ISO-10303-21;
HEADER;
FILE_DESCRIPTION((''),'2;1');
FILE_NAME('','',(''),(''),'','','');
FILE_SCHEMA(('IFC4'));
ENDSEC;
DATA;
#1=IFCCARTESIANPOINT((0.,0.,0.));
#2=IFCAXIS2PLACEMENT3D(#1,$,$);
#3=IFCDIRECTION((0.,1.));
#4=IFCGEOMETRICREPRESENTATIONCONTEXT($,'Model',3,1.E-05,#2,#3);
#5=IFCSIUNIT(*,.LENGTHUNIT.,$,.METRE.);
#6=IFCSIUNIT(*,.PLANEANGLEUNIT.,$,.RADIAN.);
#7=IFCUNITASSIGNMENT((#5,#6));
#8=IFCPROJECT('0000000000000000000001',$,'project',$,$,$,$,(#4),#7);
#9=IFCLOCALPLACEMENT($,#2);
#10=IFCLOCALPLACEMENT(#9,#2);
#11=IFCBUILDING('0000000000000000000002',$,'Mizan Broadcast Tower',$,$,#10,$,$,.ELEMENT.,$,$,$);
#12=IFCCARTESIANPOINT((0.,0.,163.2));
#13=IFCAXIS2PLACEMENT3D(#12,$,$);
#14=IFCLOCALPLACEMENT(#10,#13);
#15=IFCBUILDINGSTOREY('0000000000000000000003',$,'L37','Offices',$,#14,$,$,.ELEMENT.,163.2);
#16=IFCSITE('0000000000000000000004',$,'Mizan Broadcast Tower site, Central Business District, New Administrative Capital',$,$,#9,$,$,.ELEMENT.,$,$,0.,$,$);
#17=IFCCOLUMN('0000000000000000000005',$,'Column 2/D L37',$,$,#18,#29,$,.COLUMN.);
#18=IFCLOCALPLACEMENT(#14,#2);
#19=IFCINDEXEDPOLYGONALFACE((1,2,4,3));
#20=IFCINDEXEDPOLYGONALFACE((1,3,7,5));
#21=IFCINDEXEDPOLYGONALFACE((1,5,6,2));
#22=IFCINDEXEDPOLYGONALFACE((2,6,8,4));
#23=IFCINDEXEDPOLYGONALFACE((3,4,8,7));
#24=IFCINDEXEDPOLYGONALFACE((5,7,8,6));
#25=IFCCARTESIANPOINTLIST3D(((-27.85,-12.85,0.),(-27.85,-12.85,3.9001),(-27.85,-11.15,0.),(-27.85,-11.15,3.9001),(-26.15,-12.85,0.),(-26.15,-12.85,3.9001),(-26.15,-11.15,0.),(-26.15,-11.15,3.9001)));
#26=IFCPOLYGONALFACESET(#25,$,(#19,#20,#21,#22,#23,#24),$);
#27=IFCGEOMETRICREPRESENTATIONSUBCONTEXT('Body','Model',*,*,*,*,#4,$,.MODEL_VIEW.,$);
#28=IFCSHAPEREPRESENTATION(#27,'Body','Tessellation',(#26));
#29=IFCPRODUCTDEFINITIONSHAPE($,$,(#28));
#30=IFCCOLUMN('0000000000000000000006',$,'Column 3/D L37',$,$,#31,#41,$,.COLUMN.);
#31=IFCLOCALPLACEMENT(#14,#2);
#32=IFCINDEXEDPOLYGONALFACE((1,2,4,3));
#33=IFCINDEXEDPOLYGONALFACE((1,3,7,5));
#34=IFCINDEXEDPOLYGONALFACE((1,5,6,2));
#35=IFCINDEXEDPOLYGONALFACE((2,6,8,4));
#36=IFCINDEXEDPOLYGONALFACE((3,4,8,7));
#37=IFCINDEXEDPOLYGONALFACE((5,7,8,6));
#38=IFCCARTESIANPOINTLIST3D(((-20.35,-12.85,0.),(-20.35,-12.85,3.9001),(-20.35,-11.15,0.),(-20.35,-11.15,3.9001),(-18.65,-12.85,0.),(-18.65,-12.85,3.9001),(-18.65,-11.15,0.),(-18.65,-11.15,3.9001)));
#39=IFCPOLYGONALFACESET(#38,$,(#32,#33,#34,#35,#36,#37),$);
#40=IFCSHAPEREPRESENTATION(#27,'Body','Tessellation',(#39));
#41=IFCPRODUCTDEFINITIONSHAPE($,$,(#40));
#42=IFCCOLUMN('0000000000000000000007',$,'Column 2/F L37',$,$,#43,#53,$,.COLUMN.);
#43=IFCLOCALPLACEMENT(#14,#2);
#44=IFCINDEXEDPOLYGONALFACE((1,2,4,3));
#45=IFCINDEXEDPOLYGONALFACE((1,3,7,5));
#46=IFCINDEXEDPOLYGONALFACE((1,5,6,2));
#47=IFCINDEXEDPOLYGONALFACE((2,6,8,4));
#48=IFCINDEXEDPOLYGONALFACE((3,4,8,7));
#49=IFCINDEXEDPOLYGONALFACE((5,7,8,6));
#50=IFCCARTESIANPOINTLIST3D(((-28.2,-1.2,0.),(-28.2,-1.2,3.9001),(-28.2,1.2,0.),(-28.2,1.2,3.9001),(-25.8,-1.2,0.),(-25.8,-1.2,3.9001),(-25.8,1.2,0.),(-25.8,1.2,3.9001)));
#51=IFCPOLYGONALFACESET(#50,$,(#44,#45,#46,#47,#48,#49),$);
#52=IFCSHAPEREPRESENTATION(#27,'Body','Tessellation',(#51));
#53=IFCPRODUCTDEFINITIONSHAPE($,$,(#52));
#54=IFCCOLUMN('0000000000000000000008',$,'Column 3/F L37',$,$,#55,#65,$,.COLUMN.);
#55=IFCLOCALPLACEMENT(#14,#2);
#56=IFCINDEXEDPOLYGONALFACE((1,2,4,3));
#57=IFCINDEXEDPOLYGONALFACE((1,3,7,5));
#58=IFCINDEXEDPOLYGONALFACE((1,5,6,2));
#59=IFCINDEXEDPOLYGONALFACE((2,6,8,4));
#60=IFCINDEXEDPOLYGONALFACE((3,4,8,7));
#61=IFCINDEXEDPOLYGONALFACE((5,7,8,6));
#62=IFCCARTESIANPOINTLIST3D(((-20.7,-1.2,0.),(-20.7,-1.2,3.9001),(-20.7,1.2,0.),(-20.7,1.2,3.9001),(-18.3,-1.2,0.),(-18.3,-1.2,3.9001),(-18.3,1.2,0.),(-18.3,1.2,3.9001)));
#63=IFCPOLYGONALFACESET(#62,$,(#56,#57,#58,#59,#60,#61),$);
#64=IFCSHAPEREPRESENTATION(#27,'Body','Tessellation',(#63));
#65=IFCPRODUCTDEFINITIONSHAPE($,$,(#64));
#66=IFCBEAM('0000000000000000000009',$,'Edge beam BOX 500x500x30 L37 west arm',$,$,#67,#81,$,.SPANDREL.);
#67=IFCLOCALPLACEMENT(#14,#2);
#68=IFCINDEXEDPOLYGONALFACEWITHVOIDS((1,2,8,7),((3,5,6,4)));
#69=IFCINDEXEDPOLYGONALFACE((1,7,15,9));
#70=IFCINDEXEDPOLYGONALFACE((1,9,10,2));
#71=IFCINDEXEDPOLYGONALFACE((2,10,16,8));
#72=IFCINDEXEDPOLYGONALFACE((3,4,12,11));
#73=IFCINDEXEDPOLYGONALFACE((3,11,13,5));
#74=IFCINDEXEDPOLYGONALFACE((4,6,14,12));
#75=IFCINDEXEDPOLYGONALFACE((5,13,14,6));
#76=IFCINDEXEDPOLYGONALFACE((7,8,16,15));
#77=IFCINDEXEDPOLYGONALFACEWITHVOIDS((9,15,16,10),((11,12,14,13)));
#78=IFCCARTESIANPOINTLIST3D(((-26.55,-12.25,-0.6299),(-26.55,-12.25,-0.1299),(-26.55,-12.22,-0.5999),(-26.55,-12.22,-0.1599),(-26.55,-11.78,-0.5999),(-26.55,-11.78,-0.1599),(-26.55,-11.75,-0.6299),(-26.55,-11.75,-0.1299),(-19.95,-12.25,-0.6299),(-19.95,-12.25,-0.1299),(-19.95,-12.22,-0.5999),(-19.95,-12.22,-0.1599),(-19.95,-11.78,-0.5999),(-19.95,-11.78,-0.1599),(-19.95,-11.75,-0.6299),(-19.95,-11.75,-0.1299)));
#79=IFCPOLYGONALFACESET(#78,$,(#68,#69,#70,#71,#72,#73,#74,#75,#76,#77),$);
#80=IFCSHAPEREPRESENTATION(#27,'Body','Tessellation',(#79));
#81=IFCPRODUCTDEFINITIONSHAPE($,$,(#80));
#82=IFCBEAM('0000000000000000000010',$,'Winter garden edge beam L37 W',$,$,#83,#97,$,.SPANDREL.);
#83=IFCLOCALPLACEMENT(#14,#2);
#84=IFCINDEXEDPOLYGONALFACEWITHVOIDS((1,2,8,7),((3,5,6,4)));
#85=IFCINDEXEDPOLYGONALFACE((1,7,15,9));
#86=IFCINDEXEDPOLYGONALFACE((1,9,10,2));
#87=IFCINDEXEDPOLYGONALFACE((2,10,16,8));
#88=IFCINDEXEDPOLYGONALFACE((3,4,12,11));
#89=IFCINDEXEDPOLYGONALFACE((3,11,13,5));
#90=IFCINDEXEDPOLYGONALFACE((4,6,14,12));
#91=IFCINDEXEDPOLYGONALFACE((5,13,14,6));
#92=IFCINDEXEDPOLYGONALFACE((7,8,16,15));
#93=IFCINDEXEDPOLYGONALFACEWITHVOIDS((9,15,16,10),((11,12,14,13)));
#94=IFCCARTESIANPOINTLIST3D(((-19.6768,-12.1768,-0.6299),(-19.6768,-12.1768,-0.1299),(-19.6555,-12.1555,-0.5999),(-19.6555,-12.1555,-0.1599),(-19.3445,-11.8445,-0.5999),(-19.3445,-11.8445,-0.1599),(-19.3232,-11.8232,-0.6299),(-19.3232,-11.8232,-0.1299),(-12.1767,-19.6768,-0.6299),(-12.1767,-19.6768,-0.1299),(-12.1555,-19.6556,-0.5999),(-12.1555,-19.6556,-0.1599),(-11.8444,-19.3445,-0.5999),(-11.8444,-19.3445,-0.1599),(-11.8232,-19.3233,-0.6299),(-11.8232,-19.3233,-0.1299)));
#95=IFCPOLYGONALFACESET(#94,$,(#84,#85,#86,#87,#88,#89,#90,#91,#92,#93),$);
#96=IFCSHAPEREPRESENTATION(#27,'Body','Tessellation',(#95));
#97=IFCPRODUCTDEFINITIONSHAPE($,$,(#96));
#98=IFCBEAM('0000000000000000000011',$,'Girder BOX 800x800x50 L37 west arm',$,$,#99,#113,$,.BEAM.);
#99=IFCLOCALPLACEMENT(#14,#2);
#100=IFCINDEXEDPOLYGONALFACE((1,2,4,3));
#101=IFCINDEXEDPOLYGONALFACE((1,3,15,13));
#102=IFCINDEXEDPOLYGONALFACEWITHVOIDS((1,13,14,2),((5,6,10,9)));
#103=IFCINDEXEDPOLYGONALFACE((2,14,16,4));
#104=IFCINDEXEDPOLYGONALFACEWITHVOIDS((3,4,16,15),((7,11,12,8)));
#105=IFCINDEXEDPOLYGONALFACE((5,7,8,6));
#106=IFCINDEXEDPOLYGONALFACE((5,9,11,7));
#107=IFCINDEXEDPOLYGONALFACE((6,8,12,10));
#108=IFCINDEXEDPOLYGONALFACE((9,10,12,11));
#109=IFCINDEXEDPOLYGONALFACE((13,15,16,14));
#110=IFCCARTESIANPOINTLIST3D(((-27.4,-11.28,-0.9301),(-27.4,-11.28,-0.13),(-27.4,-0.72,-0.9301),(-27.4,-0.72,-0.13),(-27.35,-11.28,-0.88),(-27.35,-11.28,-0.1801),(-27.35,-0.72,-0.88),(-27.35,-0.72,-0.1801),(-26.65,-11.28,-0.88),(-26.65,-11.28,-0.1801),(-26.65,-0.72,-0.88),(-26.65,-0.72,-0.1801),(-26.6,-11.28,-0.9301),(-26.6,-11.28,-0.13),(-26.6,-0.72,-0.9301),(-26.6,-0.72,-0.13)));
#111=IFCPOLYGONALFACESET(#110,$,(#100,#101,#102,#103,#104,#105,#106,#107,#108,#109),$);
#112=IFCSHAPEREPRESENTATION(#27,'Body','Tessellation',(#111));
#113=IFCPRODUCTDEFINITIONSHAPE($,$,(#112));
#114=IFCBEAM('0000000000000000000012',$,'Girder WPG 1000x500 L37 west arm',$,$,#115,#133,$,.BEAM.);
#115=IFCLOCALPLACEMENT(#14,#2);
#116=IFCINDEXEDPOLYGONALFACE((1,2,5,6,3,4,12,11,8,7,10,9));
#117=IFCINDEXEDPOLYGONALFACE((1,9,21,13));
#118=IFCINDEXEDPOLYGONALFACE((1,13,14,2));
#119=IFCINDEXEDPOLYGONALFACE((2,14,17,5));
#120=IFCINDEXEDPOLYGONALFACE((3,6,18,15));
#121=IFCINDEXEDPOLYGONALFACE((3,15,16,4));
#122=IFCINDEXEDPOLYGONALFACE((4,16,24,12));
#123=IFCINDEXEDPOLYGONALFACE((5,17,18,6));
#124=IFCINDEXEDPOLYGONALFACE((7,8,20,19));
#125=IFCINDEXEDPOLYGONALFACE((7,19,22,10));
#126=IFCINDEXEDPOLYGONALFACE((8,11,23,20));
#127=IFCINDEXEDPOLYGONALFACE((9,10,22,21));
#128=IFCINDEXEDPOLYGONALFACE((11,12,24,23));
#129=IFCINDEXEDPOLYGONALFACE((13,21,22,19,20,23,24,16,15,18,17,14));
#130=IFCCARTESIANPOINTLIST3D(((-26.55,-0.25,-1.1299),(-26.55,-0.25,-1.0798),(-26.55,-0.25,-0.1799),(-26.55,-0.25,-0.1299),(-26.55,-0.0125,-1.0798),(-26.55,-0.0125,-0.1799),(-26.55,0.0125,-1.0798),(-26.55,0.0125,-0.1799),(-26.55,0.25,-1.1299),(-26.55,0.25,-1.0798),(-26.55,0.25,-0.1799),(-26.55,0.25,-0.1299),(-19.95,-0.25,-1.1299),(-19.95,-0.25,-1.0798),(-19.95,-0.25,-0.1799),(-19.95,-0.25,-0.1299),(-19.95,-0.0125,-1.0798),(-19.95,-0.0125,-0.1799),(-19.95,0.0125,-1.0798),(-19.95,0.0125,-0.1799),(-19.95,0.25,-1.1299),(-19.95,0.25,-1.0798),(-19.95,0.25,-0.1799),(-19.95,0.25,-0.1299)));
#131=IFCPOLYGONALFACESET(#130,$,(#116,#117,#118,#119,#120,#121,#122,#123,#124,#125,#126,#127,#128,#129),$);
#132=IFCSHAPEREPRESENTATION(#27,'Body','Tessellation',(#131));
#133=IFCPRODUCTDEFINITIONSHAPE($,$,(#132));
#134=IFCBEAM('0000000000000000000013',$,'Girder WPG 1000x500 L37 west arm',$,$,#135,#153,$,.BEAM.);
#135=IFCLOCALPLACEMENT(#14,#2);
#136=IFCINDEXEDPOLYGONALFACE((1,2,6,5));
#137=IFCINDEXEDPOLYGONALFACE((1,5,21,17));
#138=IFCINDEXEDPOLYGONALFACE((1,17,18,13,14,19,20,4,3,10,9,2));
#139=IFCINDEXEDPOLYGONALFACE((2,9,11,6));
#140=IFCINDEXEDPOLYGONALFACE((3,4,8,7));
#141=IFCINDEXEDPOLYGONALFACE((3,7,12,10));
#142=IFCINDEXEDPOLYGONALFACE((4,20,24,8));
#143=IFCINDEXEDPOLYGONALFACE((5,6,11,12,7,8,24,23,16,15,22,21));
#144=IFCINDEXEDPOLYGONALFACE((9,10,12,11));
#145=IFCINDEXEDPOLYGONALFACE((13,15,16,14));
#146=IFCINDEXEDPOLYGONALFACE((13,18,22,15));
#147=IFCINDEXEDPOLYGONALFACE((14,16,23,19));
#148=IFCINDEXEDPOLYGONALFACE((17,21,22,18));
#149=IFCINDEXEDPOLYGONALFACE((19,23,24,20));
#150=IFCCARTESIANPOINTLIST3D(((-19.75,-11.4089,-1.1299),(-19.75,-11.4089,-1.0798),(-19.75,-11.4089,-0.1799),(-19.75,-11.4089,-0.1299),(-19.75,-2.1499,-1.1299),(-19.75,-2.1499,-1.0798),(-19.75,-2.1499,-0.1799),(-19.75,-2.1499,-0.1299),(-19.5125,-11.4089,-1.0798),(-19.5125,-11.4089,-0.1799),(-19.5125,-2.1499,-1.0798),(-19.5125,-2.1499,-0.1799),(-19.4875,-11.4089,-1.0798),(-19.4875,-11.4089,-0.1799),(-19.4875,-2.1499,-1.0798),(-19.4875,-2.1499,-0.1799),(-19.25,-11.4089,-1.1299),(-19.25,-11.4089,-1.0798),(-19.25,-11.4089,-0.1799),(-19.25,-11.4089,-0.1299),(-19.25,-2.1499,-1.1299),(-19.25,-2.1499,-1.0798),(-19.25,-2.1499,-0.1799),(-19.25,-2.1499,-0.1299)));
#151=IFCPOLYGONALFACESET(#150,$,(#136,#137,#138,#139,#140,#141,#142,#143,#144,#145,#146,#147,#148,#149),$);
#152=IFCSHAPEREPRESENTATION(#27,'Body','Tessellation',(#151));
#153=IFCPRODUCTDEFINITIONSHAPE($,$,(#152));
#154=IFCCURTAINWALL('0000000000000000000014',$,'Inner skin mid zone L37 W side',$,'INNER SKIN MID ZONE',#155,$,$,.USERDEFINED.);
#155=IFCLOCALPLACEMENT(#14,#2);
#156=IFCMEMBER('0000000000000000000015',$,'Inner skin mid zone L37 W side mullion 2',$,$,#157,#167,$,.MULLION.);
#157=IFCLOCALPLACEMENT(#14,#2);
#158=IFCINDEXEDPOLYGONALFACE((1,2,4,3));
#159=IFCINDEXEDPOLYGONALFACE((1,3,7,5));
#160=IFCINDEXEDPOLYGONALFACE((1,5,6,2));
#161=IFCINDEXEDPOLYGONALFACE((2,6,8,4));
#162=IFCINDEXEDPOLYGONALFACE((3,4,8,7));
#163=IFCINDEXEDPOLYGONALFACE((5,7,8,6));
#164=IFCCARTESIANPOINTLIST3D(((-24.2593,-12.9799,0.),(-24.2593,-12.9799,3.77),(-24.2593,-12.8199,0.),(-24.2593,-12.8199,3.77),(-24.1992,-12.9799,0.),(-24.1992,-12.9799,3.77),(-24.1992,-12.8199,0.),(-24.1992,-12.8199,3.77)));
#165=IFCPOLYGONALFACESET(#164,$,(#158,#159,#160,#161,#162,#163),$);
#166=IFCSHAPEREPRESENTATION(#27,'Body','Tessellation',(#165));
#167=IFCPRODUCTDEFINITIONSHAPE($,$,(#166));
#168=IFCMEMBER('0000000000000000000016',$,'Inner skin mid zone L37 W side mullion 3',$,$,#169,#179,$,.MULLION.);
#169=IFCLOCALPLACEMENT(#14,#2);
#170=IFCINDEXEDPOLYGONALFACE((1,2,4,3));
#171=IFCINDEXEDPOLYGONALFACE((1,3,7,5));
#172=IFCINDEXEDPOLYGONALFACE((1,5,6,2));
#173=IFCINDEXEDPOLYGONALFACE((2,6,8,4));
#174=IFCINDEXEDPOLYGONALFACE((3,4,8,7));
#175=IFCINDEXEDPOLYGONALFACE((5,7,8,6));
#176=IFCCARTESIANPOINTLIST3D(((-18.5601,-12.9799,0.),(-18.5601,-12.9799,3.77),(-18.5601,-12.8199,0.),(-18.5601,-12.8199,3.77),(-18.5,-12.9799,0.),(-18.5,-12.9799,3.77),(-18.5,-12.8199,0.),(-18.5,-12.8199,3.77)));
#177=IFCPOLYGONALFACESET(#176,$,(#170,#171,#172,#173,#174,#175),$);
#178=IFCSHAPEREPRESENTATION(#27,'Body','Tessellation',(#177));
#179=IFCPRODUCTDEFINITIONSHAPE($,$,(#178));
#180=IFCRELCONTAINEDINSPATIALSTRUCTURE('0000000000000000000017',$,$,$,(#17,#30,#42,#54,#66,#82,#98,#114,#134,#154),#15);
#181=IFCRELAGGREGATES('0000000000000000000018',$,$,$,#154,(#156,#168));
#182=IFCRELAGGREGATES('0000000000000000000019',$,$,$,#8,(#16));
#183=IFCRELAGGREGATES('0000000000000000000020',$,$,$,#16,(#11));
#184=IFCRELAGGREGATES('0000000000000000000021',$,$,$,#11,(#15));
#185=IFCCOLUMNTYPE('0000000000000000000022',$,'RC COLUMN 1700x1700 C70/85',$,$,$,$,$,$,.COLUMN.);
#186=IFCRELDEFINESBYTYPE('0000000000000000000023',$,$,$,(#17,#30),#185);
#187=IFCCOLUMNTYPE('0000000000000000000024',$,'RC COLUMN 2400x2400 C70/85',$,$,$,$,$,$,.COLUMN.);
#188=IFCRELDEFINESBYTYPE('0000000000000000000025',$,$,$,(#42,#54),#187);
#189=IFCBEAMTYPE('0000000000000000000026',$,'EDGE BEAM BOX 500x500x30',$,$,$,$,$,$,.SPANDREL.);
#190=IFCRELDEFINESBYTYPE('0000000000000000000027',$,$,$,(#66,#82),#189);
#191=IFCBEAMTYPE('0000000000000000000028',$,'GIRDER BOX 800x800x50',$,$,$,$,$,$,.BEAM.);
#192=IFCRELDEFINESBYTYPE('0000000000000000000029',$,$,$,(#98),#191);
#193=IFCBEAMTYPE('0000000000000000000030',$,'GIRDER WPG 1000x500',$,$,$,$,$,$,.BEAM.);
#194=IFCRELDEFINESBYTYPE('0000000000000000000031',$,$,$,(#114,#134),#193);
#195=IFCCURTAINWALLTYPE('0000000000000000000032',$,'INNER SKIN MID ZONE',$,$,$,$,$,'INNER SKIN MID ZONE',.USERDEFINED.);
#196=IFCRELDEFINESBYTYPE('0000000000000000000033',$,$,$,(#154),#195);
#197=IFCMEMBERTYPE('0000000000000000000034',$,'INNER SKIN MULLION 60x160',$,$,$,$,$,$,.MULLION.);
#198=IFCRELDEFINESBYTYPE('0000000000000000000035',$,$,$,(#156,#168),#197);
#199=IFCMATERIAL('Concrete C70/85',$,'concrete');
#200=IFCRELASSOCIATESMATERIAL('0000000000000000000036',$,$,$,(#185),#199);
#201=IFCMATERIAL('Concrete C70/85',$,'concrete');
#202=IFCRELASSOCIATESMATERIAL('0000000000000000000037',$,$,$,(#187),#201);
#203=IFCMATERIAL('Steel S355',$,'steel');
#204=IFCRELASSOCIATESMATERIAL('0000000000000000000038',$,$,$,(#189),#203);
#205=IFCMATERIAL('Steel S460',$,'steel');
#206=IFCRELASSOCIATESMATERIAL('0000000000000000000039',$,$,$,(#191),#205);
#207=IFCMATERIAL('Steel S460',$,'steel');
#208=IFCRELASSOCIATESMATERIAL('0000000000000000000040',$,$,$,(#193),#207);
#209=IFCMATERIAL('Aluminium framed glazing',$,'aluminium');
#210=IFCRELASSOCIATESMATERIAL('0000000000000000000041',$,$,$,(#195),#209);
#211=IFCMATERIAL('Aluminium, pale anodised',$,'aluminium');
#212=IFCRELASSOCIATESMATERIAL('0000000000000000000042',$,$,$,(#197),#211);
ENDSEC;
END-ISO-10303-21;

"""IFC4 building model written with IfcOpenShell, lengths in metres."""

from ifc_helpers import new_model, si_unit, direction, frame, origin, origin_2d, place, context, subcontext, project, spatial, rectangle, hollow_rectangle, i_section, extrude, material, material_profile, profile_set, type_object, element, aggregate, save


model = new_model("IFC4")

# Units and contexts
model_context = context("Model", 3, precision=1e-05, world=origin(), true_north=direction((0.0, 1.0)))
body_context = subcontext(model_context, "Body", "Model", "MODEL_VIEW")
ifc_project = project(units=[si_unit("LENGTHUNIT", "METRE"), si_unit("PLANEANGLEUNIT", "RADIAN")], contexts=[model_context])

# Site, building, storey
site_placement = place(None, origin())
site = spatial("IfcSite", under=ifc_project, at=site_placement, Name="Mizan Broadcast Tower site, Central Business District, New Administrative Capital", CompositionType="ELEMENT", RefElevation=0.0)
building_placement = place(site_placement, origin())
building = spatial("IfcBuilding", under=site, at=building_placement, Name="Mizan Broadcast Tower", CompositionType="ELEMENT")
storey_placement = place(building_placement, frame((0.0, 0.0, 163.2)))
storey = spatial("IfcBuildingStorey", under=building, at=storey_placement, Name="L37", Description="Offices", CompositionType="ELEMENT", Elevation=163.2)

# Columns
ifc_material_1 = material(Name="Concrete C70/85", Category="concrete")
ifc_material_profile_1 = material_profile(ifc_material_1, rectangle(XDim=1.7, YDim=1.7, at=origin_2d()), Name="RC 1700x1700")
ifc_profile_set_1 = profile_set([ifc_material_profile_1], Name="Concrete C70/85")
column_type_1 = type_object("IfcColumnType", Name="RC COLUMN 1700x1700 C70/85", PredefinedType="COLUMN", material=ifc_profile_set_1)
for number, where, z_axis, x_axis, name in (
    (1, (-27.0, -12.0, 0.0), (0.0, 0.0, 1.0), (1.0, 0.0, 0.0), "Column 2/D L37"),
    (2, (-19.5, -12.0, 0.0), (0.0, 0.0, 1.0), (1.0, 0.0, 0.0), "Column 3/D L37"),
):
    element("IfcColumn", number, at=place(storey_placement, frame(where, z_axis=z_axis, x_axis=x_axis)), inside=storey, type_object=column_type_1, Name=name, PredefinedType="COLUMN", context=body_context, shape_type="SweptSolid", body=[
        extrude(rectangle(XDim=1.7, YDim=1.7, at=origin_2d()), origin(), (0.0, 0.0, 1.0), 3.9001),
    ])
ifc_material_2 = material(Name="Concrete C70/85", Category="concrete")
ifc_material_profile_2 = material_profile(ifc_material_2, rectangle(XDim=2.3999, YDim=2.3999, at=origin_2d()), Name="RC 2400x2400")
ifc_profile_set_2 = profile_set([ifc_material_profile_2], Name="Concrete C70/85")
column_type_2 = type_object("IfcColumnType", Name="RC COLUMN 2400x2400 C70/85", PredefinedType="COLUMN", material=ifc_profile_set_2)
for number, where, z_axis, x_axis, name in (
    (3, (-27.0, 0.0, 0.0), (0.0, 0.0, 1.0), (1.0, 0.0, 0.0), "Column 2/F L37"),
    (4, (-19.5, 0.0, 0.0), (0.0, 0.0, 1.0), (1.0, 0.0, 0.0), "Column 3/F L37"),
):
    element("IfcColumn", number, at=place(storey_placement, frame(where, z_axis=z_axis, x_axis=x_axis)), inside=storey, type_object=column_type_2, Name=name, PredefinedType="COLUMN", context=body_context, shape_type="SweptSolid", body=[
        extrude(rectangle(XDim=2.3999, YDim=2.3999, at=origin_2d()), origin(), (0.0, 0.0, 1.0), 3.9001),
    ])

# Beams
ifc_material_3 = material(Name="Steel S355", Category="steel")
ifc_material_profile_3 = material_profile(ifc_material_3, hollow_rectangle(XDim=0.5, YDim=0.5, WallThickness=0.03, at=origin_2d()), Name="BOX 500x500x30")
ifc_profile_set_3 = profile_set([ifc_material_profile_3], Name="Steel S355")
beam_type_1 = type_object("IfcBeamType", Name="EDGE BEAM BOX 500x500x30", PredefinedType="SPANDREL", material=ifc_profile_set_3)
beam_1_placement = place(storey_placement, frame((-19.95, -12.0, -0.3799), z_axis=(-1.0, 0.0, 0.0), x_axis=(0.0, -1.0, 0.0)))
element("IfcBeam", 5, at=beam_1_placement, inside=storey, type_object=beam_type_1, Name="Edge beam BOX 500x500x30 L37 west arm", PredefinedType="SPANDREL", context=body_context, shape_type="SweptSolid", body=[
    extrude(hollow_rectangle(XDim=0.5, YDim=0.5, WallThickness=0.03, at=origin_2d()), origin(), (0.0, 0.0, 1.0), 6.6001),
])
beam_2_placement = place(storey_placement, frame((-19.5, -12.0, -0.3799), z_axis=(0.707107, -0.707107, 0.0), x_axis=(0.707107, 0.707107, 0.0)))
element("IfcBeam", 6, at=beam_2_placement, inside=storey, type_object=beam_type_1, Name="Winter garden edge beam L37 W", PredefinedType="SPANDREL", context=body_context, shape_type="SweptSolid", body=[
    extrude(hollow_rectangle(XDim=0.5, YDim=0.5, WallThickness=0.03, at=origin_2d()), origin(), (0.0, 0.0, 1.0), 10.6067),
])
ifc_material_4 = material(Name="Steel S460", Category="steel")
ifc_material_profile_4 = material_profile(ifc_material_4, hollow_rectangle(XDim=0.8, YDim=0.8, WallThickness=0.05, at=origin_2d()), Name="BOX 800x800x50")
ifc_profile_set_4 = profile_set([ifc_material_profile_4], Name="Steel S460")
beam_type_2 = type_object("IfcBeamType", Name="GIRDER BOX 800x800x50", PredefinedType="BEAM", material=ifc_profile_set_4)
beam_3_placement = place(storey_placement, frame((-27.0, -11.28, -0.53), z_axis=(0.0, 1.0, 0.0), x_axis=(-1.0, 0.0, 0.0)))
element("IfcBeam", 7, at=beam_3_placement, inside=storey, type_object=beam_type_2, Name="Girder BOX 800x800x50 L37 west arm", PredefinedType="BEAM", context=body_context, shape_type="SweptSolid", body=[
    extrude(hollow_rectangle(XDim=0.8, YDim=0.8, WallThickness=0.05, at=origin_2d()), origin(), (0.0, 0.0, 1.0), 10.5601),
])
ifc_material_5 = material(Name="Steel S460", Category="steel")
ifc_material_profile_5 = material_profile(ifc_material_5, i_section(OverallWidth=0.5, OverallDepth=1.0, WebThickness=0.0249, FlangeThickness=0.05, at=origin_2d()), Name="WPG 1000x500")
ifc_profile_set_5 = profile_set([ifc_material_profile_5], Name="Steel S460")
beam_type_3 = type_object("IfcBeamType", Name="GIRDER WPG 1000x500", PredefinedType="BEAM", material=ifc_profile_set_5)
beam_4_placement = place(storey_placement, frame((-19.95, 0.0, -0.6299), z_axis=(-1.0, 0.0, 0.0), x_axis=(0.0, -1.0, 0.0)))
element("IfcBeam", 8, at=beam_4_placement, inside=storey, type_object=beam_type_3, Name="Girder WPG 1000x500 L37 west arm", PredefinedType="BEAM", context=body_context, shape_type="SweptSolid", body=[
    extrude(i_section(OverallWidth=0.5, OverallDepth=1.0, WebThickness=0.0249, FlangeThickness=0.05, at=origin_2d()), origin(), (0.0, 0.0, 1.0), 6.6001),
])
beam_5_placement = place(storey_placement, frame((-19.5, -11.4089, -0.6299), z_axis=(0.0, 1.0, 0.0), x_axis=(-1.0, 0.0, 0.0)))
element("IfcBeam", 9, at=beam_5_placement, inside=storey, type_object=beam_type_3, Name="Girder WPG 1000x500 L37 west arm", PredefinedType="BEAM", context=body_context, shape_type="SweptSolid", body=[
    extrude(i_section(OverallWidth=0.5, OverallDepth=1.0, WebThickness=0.0249, FlangeThickness=0.05, at=origin_2d()), origin(), (0.0, 0.0, 1.0), 9.259),
])

# Curtain wall, members
ifc_material_6 = material(Name="Aluminium framed glazing", Category="aluminium")
curtain_wall_type_1 = type_object("IfcCurtainWallType", Name="INNER SKIN MID ZONE", ElementType="INNER SKIN MID ZONE", PredefinedType="USERDEFINED", material=ifc_material_6)
curtain_wall_1_placement = place(storey_placement, origin())
curtain_wall_1 = element("IfcCurtainWall", 10, at=curtain_wall_1_placement, inside=storey, type_object=curtain_wall_type_1, Name="Inner skin mid zone L37 W side", ObjectType="INNER SKIN MID ZONE", PredefinedType="USERDEFINED")
ifc_material_7 = material(Name="Aluminium, pale anodised", Category="aluminium")
ifc_material_profile_6 = material_profile(ifc_material_7, rectangle(XDim=0.1599, YDim=0.0601, at=origin_2d()), Name="MULLION 160x60")
ifc_profile_set_6 = profile_set([ifc_material_profile_6], Name="Aluminium, pale anodised")
member_type_1 = type_object("IfcMemberType", Name="INNER SKIN MULLION 60x160", PredefinedType="MULLION", material=ifc_profile_set_6)
member_1_placement = place(storey_placement, frame((-24.2292, -12.8999, 0.0), z_axis=(0.0, 0.0, 1.0), x_axis=(0.0, 1.0, 0.0)))
member_1 = element("IfcMember", 11, at=member_1_placement, type_object=member_type_1, Name="Inner skin mid zone L37 W side mullion 2", PredefinedType="MULLION", context=body_context, shape_type="SweptSolid", body=[
    extrude(rectangle(XDim=0.1599, YDim=0.0601, at=origin_2d()), origin(), (0.0, 0.0, 1.0), 3.77),
])
member_2_placement = place(storey_placement, frame((-18.53, -12.8999, 0.0), z_axis=(0.0, 0.0, 1.0), x_axis=(0.0, 1.0, 0.0)))
member_2 = element("IfcMember", 12, at=member_2_placement, type_object=member_type_1, Name="Inner skin mid zone L37 W side mullion 3", PredefinedType="MULLION", context=body_context, shape_type="SweptSolid", body=[
    extrude(rectangle(XDim=0.1599, YDim=0.0601, at=origin_2d()), origin(), (0.0, 0.0, 1.0), 3.77),
])

aggregate(curtain_wall_1, [member_1, member_2])

save(model, "model.ifc")
